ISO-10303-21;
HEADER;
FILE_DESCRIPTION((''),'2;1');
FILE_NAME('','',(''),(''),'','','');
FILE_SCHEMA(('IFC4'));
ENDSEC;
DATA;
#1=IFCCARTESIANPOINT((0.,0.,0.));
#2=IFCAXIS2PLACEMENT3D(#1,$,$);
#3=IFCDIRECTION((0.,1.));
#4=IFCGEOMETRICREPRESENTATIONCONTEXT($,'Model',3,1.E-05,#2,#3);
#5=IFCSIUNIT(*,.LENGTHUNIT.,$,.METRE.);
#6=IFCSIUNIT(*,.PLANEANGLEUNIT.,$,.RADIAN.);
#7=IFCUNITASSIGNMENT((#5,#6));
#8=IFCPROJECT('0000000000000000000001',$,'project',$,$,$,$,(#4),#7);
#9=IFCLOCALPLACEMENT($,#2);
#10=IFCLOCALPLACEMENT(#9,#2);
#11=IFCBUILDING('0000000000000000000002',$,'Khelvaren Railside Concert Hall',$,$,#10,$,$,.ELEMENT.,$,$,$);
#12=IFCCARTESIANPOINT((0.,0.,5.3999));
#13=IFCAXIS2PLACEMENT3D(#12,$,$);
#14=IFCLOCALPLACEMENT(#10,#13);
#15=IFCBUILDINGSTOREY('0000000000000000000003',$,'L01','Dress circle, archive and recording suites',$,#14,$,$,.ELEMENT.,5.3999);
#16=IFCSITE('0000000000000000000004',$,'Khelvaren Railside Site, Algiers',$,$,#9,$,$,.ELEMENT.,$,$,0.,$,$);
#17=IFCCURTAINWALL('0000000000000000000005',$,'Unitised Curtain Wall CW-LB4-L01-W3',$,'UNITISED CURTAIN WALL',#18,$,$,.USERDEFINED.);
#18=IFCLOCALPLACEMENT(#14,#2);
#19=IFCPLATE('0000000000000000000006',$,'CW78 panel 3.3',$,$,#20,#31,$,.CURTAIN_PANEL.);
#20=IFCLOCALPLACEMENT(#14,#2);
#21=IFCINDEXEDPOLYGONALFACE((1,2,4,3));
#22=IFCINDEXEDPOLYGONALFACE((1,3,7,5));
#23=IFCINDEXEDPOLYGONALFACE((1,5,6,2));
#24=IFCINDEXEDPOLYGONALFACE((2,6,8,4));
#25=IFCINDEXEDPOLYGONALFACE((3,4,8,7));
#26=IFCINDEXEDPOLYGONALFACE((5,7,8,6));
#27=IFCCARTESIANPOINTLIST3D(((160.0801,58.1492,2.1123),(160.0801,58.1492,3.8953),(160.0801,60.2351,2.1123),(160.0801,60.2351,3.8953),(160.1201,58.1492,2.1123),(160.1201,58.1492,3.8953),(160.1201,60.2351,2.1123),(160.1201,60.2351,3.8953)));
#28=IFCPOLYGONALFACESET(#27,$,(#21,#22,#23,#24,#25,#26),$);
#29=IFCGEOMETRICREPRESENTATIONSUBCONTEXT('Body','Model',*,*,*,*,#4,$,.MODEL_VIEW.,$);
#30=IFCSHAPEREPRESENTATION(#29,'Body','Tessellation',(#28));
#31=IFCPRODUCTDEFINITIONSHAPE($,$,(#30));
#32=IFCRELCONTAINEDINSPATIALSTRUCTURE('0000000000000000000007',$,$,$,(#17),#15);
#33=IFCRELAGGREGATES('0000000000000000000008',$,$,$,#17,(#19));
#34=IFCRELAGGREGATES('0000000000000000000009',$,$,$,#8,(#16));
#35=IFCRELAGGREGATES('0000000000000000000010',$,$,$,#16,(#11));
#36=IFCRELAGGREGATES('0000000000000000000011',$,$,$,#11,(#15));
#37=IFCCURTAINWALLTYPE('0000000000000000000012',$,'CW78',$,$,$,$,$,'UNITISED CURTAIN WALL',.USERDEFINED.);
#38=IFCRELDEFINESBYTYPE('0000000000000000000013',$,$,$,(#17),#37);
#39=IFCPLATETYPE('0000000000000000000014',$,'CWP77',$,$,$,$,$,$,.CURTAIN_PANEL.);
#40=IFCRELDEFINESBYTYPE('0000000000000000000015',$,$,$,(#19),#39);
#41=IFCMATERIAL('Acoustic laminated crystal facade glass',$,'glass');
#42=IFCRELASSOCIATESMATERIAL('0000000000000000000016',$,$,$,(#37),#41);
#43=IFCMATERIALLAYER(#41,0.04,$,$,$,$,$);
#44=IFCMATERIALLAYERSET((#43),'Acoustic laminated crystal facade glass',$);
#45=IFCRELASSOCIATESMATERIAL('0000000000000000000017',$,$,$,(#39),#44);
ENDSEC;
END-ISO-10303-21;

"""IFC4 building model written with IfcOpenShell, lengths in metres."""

from ifc_helpers import new_model, si_unit, direction, frame, origin, origin_2d, place, context, subcontext, project, spatial, rectangle, extrude, material, layer, layer_set, type_object, element, aggregate, save


model = new_model("IFC4")

# Units and contexts
model_context = context("Model", 3, precision=1e-05, world=origin(), true_north=direction((0.0, 1.0)))
body_context = subcontext(model_context, "Body", "Model", "MODEL_VIEW")
ifc_project = project(units=[si_unit("LENGTHUNIT", "METRE"), si_unit("PLANEANGLEUNIT", "RADIAN")], contexts=[model_context])

# Site, building, storey
site_placement = place(None, origin())
site = spatial("IfcSite", under=ifc_project, at=site_placement, Name="Khelvaren Railside Site, Algiers", CompositionType="ELEMENT", RefElevation=0.0)
building_placement = place(site_placement, origin())
building = spatial("IfcBuilding", under=site, at=building_placement, Name="Khelvaren Railside Concert Hall", CompositionType="ELEMENT")
storey_placement = place(building_placement, frame((0.0, 0.0, 5.3999)))
storey = spatial("IfcBuildingStorey", under=building, at=storey_placement, Name="L01", Description="Dress circle, archive and recording suites", CompositionType="ELEMENT", Elevation=5.3999)

# Curtain wall
ifc_material_1 = material(Name="Acoustic laminated crystal facade glass", Category="glass")
curtain_wall_type = type_object("IfcCurtainWallType", Name="CW78", ElementType="UNITISED CURTAIN WALL", PredefinedType="USERDEFINED", material=ifc_material_1)
curtain_wall_placement = place(storey_placement, origin())
curtain_wall = element("IfcCurtainWall", 1, at=curtain_wall_placement, inside=storey, type_object=curtain_wall_type, Name="Unitised Curtain Wall CW-LB4-L01-W3", ObjectType="UNITISED CURTAIN WALL", PredefinedType="USERDEFINED")

# Plate
ifc_layer = layer(ifc_material_1, 0.04)
ifc_layer_set = layer_set([ifc_layer], Name="Acoustic laminated crystal facade glass")
plate_type = type_object("IfcPlateType", Name="CWP77", PredefinedType="CURTAIN_PANEL", material=ifc_layer_set)
plate_1_placement = place(storey_placement, frame((160.1001, 59.1921, 2.1123), z_axis=(0.0, 0.0, 1.0), x_axis=(0.0, 1.0, 0.0)))
plate_1 = element("IfcPlate", 2, at=plate_1_placement, type_object=plate_type, Name="CW78 panel 3.3", PredefinedType="CURTAIN_PANEL", context=body_context, shape_type="SweptSolid", body=[
    extrude(rectangle(XDim=2.0859, YDim=0.04, at=origin_2d()), origin(), (0.0, 0.0, 1.0), 1.783),
])
aggregate(curtain_wall, [plate_1])

save(model, "model.ifc")
